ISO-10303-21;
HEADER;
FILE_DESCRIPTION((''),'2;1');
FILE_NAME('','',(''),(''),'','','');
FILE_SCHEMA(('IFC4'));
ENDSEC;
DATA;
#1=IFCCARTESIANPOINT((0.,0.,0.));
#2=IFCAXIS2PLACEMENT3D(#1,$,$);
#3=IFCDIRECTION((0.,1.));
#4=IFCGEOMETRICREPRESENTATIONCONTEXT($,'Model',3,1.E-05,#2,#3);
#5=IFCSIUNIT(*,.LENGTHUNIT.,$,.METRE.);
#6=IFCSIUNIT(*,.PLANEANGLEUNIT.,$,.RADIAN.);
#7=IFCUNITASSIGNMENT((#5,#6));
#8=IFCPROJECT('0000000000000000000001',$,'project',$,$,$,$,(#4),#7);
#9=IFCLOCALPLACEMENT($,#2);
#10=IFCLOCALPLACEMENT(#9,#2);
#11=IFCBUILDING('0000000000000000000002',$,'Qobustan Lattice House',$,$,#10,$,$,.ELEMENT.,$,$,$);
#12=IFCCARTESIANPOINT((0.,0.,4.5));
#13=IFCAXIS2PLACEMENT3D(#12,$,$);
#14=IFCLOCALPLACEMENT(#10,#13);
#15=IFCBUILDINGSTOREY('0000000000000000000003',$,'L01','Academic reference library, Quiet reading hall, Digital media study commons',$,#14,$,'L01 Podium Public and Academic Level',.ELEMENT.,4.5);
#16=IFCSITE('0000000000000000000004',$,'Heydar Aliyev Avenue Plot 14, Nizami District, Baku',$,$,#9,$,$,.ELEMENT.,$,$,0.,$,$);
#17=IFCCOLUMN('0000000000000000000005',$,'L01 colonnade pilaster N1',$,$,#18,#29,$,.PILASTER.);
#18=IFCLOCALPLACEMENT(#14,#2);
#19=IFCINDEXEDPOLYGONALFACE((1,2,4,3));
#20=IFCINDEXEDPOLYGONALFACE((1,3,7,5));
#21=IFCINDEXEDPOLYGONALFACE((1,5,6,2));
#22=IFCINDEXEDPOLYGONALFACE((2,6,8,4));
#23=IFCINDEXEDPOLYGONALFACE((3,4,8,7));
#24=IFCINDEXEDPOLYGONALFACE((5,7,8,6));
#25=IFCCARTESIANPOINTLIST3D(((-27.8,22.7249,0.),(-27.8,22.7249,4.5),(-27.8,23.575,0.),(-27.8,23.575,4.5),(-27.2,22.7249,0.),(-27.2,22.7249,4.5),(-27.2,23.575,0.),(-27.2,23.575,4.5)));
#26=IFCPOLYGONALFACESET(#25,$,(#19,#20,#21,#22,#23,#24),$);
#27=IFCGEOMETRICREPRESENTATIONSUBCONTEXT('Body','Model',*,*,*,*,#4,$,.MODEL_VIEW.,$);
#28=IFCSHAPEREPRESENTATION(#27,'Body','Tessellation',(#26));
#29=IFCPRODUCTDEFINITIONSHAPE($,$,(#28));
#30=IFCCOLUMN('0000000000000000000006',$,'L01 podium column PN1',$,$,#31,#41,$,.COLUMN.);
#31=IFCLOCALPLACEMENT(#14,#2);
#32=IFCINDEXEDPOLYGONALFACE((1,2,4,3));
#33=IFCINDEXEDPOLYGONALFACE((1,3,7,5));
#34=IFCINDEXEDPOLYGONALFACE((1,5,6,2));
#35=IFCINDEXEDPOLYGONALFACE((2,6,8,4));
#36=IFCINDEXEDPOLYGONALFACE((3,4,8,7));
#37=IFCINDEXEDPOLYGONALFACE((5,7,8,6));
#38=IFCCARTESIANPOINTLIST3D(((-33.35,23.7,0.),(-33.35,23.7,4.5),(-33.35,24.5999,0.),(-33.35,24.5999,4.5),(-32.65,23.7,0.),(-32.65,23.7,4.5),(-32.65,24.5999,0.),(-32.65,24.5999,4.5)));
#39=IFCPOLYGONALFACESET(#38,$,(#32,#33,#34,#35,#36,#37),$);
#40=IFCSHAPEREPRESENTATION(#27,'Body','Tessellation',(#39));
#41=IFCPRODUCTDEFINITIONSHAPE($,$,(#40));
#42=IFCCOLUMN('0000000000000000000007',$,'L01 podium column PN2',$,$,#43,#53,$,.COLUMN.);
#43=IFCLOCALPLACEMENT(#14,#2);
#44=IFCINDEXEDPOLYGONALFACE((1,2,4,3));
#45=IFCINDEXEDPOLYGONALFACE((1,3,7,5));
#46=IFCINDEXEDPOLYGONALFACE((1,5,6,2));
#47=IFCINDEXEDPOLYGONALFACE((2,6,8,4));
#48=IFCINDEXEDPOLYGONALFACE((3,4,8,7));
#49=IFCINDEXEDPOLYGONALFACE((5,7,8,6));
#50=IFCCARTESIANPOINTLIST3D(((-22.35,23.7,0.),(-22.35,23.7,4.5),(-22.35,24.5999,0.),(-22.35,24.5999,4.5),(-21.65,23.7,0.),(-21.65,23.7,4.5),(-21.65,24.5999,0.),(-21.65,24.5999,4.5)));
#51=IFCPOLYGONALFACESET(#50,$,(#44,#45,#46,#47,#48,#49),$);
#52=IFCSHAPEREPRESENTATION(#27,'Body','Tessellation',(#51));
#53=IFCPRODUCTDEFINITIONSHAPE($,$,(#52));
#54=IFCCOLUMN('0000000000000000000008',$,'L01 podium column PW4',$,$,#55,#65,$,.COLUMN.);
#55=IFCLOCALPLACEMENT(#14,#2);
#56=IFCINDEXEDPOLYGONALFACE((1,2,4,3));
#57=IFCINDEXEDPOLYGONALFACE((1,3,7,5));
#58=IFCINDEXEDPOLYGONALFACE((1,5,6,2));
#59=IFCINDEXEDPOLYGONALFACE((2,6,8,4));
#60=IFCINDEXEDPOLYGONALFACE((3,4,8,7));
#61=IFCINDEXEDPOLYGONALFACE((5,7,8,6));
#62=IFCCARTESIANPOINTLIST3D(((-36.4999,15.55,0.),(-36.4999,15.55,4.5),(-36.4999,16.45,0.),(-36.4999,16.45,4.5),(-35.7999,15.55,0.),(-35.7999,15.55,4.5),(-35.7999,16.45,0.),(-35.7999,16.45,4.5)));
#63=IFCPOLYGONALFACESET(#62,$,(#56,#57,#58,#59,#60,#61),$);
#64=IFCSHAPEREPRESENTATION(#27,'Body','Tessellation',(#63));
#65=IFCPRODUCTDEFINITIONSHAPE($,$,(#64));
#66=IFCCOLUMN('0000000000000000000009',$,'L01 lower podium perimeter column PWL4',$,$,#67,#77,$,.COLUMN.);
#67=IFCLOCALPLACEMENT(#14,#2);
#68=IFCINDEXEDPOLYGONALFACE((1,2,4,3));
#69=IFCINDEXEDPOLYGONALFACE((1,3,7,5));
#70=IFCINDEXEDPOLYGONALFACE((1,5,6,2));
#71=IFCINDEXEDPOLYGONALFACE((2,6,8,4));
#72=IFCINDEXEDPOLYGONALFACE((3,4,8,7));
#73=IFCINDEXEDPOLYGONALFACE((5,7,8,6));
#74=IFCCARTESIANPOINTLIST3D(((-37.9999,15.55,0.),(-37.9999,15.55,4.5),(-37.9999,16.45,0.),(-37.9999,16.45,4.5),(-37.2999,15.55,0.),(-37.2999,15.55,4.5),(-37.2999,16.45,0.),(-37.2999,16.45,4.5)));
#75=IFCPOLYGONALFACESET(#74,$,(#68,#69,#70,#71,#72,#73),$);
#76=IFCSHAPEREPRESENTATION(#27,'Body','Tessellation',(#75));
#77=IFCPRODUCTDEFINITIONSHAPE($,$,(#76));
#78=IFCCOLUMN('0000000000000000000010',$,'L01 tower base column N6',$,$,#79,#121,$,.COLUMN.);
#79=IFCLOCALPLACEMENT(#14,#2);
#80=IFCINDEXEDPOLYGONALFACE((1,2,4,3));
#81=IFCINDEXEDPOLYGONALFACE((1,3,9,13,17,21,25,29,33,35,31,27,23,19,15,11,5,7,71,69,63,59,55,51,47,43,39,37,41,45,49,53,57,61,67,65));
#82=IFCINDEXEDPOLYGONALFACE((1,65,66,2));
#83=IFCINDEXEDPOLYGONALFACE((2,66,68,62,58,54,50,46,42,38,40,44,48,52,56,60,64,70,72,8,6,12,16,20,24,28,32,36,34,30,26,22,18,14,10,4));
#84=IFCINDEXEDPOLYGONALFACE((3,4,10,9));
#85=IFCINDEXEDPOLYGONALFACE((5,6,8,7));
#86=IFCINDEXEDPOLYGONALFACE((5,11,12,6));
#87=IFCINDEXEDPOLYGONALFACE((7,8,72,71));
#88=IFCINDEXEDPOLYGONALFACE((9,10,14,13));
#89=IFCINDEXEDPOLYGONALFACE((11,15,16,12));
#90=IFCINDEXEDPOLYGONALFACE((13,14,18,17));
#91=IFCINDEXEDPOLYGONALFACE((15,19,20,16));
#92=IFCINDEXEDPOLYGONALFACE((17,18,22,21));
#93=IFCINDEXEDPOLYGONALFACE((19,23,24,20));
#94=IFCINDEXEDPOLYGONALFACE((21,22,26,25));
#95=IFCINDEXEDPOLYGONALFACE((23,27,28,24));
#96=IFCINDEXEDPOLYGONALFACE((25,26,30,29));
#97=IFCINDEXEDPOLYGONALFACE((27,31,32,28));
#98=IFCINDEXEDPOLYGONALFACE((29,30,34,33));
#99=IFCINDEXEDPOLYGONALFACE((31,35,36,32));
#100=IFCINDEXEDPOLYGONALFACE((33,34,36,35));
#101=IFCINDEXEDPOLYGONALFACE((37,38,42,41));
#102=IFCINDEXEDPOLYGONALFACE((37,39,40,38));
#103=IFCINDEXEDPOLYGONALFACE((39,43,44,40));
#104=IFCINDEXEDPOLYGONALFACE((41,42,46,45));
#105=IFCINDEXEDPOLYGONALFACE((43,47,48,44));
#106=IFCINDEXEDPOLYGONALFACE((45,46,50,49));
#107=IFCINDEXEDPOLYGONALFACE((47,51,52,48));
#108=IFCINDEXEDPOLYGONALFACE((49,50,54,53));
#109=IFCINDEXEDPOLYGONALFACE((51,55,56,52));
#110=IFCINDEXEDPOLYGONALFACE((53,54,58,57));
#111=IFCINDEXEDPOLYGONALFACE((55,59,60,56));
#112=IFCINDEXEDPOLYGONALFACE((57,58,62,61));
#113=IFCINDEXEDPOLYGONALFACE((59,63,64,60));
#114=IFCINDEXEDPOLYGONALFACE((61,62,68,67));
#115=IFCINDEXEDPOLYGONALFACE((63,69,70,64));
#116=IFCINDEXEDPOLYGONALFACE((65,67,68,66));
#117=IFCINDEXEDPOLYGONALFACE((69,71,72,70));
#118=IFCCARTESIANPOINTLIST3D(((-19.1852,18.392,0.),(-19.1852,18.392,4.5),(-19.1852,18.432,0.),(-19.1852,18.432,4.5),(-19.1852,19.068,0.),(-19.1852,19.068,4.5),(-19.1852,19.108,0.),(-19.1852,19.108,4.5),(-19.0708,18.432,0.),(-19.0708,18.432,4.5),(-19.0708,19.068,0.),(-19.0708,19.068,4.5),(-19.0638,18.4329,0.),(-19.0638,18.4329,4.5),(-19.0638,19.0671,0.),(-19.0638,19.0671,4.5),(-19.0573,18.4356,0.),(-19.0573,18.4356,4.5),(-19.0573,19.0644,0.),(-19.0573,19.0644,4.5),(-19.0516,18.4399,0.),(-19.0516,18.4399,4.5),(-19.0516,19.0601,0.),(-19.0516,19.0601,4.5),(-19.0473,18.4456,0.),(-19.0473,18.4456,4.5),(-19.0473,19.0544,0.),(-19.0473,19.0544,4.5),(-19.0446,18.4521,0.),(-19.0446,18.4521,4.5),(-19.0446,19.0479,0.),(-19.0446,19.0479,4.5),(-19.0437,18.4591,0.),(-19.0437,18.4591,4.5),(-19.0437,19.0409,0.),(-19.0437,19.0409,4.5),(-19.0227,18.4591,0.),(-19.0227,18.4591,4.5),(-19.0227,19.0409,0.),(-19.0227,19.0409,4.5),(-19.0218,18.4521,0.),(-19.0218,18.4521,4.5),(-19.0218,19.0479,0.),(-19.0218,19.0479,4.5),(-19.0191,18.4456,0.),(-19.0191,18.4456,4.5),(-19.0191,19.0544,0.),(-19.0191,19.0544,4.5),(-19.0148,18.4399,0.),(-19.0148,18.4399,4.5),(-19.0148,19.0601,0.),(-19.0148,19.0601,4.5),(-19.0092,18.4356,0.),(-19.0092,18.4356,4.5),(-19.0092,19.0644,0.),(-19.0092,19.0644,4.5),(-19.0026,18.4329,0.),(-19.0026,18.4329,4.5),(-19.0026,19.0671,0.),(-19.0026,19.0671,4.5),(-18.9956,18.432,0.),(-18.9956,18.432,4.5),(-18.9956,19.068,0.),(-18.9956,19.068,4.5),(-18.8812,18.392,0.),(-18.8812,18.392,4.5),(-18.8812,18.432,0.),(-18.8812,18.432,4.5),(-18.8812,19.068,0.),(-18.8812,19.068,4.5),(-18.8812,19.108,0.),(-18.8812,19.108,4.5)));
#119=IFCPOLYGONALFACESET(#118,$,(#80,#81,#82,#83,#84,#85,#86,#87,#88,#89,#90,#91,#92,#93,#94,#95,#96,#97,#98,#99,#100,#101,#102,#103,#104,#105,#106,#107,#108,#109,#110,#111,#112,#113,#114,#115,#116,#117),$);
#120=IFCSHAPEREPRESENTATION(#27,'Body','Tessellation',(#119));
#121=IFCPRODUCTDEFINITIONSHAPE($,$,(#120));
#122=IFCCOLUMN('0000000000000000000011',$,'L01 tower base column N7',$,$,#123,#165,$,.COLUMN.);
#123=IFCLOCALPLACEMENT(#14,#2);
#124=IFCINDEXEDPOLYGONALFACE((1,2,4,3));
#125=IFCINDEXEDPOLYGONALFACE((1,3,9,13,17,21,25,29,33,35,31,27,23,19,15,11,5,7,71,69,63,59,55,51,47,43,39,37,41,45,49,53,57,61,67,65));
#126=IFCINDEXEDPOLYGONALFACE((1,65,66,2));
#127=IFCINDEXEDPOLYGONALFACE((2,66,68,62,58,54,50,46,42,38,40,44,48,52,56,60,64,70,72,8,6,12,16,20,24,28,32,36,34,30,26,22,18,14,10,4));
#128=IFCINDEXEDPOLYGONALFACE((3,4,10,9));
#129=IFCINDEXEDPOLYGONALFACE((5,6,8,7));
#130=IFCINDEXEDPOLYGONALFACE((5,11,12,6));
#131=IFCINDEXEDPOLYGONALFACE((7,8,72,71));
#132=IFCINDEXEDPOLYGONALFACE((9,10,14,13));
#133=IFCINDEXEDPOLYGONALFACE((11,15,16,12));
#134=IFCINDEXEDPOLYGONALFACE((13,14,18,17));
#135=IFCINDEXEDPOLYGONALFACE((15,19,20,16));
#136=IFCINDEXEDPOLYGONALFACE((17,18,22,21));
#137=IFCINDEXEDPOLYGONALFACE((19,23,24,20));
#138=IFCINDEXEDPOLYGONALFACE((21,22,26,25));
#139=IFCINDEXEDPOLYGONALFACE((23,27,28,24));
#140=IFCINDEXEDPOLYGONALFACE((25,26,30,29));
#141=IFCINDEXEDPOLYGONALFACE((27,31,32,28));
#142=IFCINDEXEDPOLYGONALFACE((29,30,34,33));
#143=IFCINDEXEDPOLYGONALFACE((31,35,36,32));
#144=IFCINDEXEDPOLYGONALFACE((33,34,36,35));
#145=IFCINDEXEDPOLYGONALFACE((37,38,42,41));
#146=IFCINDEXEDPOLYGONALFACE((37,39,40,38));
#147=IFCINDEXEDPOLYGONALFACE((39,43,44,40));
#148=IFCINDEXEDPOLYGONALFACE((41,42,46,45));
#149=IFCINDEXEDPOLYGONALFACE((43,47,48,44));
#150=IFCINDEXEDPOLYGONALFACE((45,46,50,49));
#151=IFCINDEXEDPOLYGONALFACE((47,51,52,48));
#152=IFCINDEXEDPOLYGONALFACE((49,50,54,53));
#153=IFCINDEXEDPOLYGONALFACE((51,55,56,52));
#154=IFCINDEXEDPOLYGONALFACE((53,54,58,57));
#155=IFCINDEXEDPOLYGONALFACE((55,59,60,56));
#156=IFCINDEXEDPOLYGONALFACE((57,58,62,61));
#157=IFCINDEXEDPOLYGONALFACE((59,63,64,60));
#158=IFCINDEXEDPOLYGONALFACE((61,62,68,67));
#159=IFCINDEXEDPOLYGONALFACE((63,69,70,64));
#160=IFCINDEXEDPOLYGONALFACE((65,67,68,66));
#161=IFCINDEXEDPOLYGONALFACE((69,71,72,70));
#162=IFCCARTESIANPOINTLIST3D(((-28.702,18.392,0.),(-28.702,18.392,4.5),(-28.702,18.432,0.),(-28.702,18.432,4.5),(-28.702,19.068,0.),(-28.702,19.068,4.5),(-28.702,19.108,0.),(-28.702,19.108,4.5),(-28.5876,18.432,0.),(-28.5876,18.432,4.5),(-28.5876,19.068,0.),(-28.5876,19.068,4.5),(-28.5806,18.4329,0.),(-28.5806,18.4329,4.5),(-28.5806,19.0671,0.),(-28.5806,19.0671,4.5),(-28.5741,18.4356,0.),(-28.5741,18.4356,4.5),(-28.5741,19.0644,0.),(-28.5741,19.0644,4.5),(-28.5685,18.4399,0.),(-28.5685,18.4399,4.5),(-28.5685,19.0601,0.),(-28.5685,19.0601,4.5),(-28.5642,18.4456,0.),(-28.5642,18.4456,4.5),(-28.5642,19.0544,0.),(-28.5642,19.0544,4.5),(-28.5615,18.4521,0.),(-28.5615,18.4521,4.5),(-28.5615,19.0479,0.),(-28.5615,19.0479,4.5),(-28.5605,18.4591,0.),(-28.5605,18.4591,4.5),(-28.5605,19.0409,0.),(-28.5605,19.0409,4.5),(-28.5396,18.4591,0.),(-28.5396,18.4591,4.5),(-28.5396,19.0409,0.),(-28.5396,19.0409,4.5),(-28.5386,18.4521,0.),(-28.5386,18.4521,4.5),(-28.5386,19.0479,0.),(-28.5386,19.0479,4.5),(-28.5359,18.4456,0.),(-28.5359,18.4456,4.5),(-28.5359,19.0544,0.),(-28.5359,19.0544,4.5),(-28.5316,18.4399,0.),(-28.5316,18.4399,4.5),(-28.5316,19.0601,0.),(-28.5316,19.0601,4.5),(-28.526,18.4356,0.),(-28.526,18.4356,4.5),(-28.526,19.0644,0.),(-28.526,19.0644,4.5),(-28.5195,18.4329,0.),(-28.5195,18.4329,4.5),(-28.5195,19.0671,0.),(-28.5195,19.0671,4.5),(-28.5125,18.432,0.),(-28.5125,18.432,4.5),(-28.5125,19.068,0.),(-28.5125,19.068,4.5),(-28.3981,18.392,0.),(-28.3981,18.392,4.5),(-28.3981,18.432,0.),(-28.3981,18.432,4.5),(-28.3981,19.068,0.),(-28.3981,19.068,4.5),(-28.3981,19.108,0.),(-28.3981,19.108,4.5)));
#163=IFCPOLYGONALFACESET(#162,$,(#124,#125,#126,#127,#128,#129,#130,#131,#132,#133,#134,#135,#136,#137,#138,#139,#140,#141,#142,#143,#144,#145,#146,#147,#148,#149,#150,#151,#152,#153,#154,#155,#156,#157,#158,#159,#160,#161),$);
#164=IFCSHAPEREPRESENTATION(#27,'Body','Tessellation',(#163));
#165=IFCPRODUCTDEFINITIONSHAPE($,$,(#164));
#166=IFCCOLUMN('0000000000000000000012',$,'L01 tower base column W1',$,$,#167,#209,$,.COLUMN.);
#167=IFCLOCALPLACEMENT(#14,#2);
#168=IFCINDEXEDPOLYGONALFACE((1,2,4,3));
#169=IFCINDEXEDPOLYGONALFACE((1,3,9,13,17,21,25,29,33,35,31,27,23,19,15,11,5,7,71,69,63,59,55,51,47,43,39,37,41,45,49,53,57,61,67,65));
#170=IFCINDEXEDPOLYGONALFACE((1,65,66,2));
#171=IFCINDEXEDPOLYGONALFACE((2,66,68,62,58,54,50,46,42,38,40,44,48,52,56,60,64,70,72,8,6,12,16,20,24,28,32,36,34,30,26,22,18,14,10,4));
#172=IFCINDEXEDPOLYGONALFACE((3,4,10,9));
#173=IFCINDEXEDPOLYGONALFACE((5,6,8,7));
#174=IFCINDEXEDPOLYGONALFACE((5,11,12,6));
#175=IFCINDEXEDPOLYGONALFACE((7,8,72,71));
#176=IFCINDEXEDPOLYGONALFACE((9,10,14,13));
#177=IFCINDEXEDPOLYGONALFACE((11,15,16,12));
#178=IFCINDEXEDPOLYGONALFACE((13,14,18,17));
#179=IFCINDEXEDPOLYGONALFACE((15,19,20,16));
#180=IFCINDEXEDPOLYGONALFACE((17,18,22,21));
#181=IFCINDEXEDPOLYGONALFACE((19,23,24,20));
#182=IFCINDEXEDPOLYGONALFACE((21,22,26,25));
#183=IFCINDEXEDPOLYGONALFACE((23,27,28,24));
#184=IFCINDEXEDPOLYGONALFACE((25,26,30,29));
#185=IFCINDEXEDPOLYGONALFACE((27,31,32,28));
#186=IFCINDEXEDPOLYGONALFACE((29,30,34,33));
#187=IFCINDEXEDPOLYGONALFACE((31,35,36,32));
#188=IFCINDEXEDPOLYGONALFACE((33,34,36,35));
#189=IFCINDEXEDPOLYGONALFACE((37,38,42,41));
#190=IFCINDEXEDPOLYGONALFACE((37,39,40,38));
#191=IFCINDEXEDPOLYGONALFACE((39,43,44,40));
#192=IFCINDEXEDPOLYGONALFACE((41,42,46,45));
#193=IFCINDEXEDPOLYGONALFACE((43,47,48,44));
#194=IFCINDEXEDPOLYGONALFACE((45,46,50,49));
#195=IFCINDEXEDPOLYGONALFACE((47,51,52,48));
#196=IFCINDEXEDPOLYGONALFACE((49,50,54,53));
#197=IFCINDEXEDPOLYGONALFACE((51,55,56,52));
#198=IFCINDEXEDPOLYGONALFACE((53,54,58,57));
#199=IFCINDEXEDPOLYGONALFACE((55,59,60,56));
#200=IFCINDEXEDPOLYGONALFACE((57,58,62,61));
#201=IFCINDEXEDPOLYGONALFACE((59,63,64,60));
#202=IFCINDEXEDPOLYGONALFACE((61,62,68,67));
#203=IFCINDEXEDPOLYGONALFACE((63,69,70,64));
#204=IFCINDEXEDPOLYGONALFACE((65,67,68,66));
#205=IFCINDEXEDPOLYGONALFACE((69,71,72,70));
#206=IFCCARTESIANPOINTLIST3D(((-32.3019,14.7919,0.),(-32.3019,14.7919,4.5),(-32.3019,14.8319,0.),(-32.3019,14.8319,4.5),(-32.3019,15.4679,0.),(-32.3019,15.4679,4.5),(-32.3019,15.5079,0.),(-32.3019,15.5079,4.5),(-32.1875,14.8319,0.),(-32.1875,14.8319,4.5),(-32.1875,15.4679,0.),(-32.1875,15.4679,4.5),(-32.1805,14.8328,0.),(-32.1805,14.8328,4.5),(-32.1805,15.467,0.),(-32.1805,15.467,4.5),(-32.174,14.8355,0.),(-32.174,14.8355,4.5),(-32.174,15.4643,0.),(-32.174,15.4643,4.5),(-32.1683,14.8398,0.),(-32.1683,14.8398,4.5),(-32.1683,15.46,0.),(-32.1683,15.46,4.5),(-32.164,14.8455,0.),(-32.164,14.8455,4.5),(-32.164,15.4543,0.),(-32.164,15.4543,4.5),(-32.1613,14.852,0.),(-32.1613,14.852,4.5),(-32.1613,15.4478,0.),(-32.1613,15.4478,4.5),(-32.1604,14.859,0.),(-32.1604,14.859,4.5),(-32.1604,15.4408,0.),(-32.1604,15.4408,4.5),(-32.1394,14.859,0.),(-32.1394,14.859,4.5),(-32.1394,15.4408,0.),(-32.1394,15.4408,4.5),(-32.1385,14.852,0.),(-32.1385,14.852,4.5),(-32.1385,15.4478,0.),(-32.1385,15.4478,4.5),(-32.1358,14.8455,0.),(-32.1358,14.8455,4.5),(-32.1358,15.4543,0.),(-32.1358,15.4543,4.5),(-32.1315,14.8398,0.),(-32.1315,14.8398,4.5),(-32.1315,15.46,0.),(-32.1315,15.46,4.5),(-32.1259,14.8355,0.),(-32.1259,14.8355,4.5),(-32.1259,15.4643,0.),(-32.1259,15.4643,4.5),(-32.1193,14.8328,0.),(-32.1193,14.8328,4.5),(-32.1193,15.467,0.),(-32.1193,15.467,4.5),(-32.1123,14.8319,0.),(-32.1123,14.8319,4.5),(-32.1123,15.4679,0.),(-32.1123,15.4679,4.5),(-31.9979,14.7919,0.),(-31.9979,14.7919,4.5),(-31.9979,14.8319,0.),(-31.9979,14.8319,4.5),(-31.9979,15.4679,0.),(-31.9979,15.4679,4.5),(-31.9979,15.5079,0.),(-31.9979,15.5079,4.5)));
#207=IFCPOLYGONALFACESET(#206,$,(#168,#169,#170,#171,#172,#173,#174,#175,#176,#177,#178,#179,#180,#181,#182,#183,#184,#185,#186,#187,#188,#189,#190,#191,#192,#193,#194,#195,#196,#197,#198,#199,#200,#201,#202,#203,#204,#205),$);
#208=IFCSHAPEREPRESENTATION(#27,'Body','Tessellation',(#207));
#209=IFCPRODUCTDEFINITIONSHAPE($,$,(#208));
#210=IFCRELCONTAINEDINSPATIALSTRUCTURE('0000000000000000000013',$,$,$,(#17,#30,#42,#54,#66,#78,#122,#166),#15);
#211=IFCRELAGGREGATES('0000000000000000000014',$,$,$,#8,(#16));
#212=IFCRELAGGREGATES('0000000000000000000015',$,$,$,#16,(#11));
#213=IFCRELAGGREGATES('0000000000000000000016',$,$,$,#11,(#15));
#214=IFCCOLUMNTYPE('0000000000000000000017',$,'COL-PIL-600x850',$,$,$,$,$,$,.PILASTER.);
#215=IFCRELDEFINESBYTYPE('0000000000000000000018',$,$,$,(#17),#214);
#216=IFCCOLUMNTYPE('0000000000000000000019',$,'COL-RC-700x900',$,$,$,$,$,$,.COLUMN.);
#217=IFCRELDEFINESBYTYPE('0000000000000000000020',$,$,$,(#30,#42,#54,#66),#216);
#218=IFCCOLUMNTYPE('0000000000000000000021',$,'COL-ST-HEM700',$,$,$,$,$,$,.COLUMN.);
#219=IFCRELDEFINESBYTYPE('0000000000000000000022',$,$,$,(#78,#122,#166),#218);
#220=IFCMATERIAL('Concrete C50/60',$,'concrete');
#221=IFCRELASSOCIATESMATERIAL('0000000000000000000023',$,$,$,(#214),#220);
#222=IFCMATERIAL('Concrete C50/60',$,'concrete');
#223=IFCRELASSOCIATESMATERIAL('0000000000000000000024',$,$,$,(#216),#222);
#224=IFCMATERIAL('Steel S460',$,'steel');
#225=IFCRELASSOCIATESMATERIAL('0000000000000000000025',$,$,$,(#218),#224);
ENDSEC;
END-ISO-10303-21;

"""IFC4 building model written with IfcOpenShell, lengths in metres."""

from ifc_helpers import new_model, si_unit, direction, frame, origin, origin_2d, place, context, subcontext, project, spatial, rectangle, i_section, extrude, material, material_profile, profile_set, type_object, element, save


model = new_model("IFC4")

# Units and contexts
model_context = context("Model", 3, precision=1e-05, world=origin(), true_north=direction((0.0, 1.0)))
body_context = subcontext(model_context, "Body", "Model", "MODEL_VIEW")
ifc_project = project(units=[si_unit("LENGTHUNIT", "METRE"), si_unit("PLANEANGLEUNIT", "RADIAN")], contexts=[model_context])

# Site, building, storey
site_placement = place(None, origin())
site = spatial("IfcSite", under=ifc_project, at=site_placement, Name="Heydar Aliyev Avenue Plot 14, Nizami District, Baku", CompositionType="ELEMENT", RefElevation=0.0)
building_placement = place(site_placement, origin())
building = spatial("IfcBuilding", under=site, at=building_placement, Name="Qobustan Lattice House", CompositionType="ELEMENT")
storey_placement = place(building_placement, frame((0.0, 0.0, 4.5)))
storey = spatial("IfcBuildingStorey", under=building, at=storey_placement, Name="L01", Description="Academic reference library, Quiet reading hall, Digital media study commons", LongName="L01 Podium Public and Academic Level", CompositionType="ELEMENT", Elevation=4.5)

# Columns
ifc_material_1 = material(Name="Concrete C50/60", Category="concrete")
ifc_material_profile_1 = material_profile(ifc_material_1, rectangle(XDim=0.6001, YDim=0.8501, at=origin_2d()), Name="RC600x850")
ifc_profile_set_1 = profile_set([ifc_material_profile_1], Name="Concrete C50/60")
column_type_1 = type_object("IfcColumnType", Name="COL-PIL-600x850", PredefinedType="PILASTER", material=ifc_profile_set_1)
column_placement = place(storey_placement, frame((-27.5, 23.1499, 0.0), z_axis=(0.0, 0.0, 1.0), x_axis=(1.0, 0.0, 0.0)))
element("IfcColumn", 1, at=column_placement, inside=storey, type_object=column_type_1, Name="L01 colonnade pilaster N1", PredefinedType="PILASTER", context=body_context, shape_type="SweptSolid", body=[
    extrude(rectangle(XDim=0.6001, YDim=0.8501, at=origin_2d()), origin(), (0.0, 0.0, 1.0), 4.5),
])
ifc_material_2 = material(Name="Concrete C50/60", Category="concrete")
ifc_material_profile_2 = material_profile(ifc_material_2, rectangle(XDim=0.7, YDim=0.8999, at=origin_2d()), Name="RC700x900")
ifc_profile_set_2 = profile_set([ifc_material_profile_2], Name="Concrete C50/60")
column_type_2 = type_object("IfcColumnType", Name="COL-RC-700x900", PredefinedType="COLUMN", material=ifc_profile_set_2)
for number, where, z_axis, x_axis, name in (
    (2, (-33.0, 24.1499, 0.0), (0.0, 0.0, 1.0), (1.0, 0.0, 0.0), "L01 podium column PN1"),
    (3, (-22.0, 24.1499, 0.0), (0.0, 0.0, 1.0), (1.0, 0.0, 0.0), "L01 podium column PN2"),
    (4, (-36.1499, 16.0, 0.0), (0.0, 0.0, 1.0), (1.0, 0.0, 0.0), "L01 podium column PW4"),
    (5, (-37.6499, 16.0, 0.0), (0.0, 0.0, 1.0), (1.0, 0.0, 0.0), "L01 lower podium perimeter column PWL4"),
):
    element("IfcColumn", number, at=place(storey_placement, frame(where, z_axis=z_axis, x_axis=x_axis)), inside=storey, type_object=column_type_2, Name=name, PredefinedType="COLUMN", context=body_context, shape_type="SweptSolid", body=[
        extrude(rectangle(XDim=0.7, YDim=0.8999, at=origin_2d()), origin(), (0.0, 0.0, 1.0), 4.5),
    ])
ifc_material_3 = material(Name="Steel S460", Category="steel")
ifc_material_profile_3 = material_profile(ifc_material_3, i_section(OverallWidth=0.304, OverallDepth=0.7161, WebThickness=0.021, FlangeThickness=0.04, FilletRadius=0.0271, at=origin_2d()), Name="HEM700")
ifc_profile_set_3 = profile_set([ifc_material_profile_3], Name="Steel S460")
column_type_3 = type_object("IfcColumnType", Name="COL-ST-HEM700", PredefinedType="COLUMN", material=ifc_profile_set_3)
for number, where, z_axis, x_axis, name in (
    (6, (-19.0332, 18.75, 0.0), (0.0, 0.0, 1.0), (1.0, 0.0, 0.0), "L01 tower base column N6"),
    (7, (-28.55, 18.75, 0.0), (0.0, 0.0, 1.0), (1.0, 0.0, 0.0), "L01 tower base column N7"),
    (8, (-32.1499, 15.1499, 0.0), (0.0, 0.0, 1.0), (1.0, 0.0, 0.0), "L01 tower base column W1"),
):
    element("IfcColumn", number, at=place(storey_placement, frame(where, z_axis=z_axis, x_axis=x_axis)), inside=storey, type_object=column_type_3, Name=name, PredefinedType="COLUMN", context=body_context, shape_type="SweptSolid", body=[
        extrude(i_section(OverallWidth=0.304, OverallDepth=0.7161, WebThickness=0.021, FlangeThickness=0.04, FilletRadius=0.0271, at=origin_2d()), origin(), (0.0, 0.0, 1.0), 4.5),
    ])

save(model, "model.ifc")
